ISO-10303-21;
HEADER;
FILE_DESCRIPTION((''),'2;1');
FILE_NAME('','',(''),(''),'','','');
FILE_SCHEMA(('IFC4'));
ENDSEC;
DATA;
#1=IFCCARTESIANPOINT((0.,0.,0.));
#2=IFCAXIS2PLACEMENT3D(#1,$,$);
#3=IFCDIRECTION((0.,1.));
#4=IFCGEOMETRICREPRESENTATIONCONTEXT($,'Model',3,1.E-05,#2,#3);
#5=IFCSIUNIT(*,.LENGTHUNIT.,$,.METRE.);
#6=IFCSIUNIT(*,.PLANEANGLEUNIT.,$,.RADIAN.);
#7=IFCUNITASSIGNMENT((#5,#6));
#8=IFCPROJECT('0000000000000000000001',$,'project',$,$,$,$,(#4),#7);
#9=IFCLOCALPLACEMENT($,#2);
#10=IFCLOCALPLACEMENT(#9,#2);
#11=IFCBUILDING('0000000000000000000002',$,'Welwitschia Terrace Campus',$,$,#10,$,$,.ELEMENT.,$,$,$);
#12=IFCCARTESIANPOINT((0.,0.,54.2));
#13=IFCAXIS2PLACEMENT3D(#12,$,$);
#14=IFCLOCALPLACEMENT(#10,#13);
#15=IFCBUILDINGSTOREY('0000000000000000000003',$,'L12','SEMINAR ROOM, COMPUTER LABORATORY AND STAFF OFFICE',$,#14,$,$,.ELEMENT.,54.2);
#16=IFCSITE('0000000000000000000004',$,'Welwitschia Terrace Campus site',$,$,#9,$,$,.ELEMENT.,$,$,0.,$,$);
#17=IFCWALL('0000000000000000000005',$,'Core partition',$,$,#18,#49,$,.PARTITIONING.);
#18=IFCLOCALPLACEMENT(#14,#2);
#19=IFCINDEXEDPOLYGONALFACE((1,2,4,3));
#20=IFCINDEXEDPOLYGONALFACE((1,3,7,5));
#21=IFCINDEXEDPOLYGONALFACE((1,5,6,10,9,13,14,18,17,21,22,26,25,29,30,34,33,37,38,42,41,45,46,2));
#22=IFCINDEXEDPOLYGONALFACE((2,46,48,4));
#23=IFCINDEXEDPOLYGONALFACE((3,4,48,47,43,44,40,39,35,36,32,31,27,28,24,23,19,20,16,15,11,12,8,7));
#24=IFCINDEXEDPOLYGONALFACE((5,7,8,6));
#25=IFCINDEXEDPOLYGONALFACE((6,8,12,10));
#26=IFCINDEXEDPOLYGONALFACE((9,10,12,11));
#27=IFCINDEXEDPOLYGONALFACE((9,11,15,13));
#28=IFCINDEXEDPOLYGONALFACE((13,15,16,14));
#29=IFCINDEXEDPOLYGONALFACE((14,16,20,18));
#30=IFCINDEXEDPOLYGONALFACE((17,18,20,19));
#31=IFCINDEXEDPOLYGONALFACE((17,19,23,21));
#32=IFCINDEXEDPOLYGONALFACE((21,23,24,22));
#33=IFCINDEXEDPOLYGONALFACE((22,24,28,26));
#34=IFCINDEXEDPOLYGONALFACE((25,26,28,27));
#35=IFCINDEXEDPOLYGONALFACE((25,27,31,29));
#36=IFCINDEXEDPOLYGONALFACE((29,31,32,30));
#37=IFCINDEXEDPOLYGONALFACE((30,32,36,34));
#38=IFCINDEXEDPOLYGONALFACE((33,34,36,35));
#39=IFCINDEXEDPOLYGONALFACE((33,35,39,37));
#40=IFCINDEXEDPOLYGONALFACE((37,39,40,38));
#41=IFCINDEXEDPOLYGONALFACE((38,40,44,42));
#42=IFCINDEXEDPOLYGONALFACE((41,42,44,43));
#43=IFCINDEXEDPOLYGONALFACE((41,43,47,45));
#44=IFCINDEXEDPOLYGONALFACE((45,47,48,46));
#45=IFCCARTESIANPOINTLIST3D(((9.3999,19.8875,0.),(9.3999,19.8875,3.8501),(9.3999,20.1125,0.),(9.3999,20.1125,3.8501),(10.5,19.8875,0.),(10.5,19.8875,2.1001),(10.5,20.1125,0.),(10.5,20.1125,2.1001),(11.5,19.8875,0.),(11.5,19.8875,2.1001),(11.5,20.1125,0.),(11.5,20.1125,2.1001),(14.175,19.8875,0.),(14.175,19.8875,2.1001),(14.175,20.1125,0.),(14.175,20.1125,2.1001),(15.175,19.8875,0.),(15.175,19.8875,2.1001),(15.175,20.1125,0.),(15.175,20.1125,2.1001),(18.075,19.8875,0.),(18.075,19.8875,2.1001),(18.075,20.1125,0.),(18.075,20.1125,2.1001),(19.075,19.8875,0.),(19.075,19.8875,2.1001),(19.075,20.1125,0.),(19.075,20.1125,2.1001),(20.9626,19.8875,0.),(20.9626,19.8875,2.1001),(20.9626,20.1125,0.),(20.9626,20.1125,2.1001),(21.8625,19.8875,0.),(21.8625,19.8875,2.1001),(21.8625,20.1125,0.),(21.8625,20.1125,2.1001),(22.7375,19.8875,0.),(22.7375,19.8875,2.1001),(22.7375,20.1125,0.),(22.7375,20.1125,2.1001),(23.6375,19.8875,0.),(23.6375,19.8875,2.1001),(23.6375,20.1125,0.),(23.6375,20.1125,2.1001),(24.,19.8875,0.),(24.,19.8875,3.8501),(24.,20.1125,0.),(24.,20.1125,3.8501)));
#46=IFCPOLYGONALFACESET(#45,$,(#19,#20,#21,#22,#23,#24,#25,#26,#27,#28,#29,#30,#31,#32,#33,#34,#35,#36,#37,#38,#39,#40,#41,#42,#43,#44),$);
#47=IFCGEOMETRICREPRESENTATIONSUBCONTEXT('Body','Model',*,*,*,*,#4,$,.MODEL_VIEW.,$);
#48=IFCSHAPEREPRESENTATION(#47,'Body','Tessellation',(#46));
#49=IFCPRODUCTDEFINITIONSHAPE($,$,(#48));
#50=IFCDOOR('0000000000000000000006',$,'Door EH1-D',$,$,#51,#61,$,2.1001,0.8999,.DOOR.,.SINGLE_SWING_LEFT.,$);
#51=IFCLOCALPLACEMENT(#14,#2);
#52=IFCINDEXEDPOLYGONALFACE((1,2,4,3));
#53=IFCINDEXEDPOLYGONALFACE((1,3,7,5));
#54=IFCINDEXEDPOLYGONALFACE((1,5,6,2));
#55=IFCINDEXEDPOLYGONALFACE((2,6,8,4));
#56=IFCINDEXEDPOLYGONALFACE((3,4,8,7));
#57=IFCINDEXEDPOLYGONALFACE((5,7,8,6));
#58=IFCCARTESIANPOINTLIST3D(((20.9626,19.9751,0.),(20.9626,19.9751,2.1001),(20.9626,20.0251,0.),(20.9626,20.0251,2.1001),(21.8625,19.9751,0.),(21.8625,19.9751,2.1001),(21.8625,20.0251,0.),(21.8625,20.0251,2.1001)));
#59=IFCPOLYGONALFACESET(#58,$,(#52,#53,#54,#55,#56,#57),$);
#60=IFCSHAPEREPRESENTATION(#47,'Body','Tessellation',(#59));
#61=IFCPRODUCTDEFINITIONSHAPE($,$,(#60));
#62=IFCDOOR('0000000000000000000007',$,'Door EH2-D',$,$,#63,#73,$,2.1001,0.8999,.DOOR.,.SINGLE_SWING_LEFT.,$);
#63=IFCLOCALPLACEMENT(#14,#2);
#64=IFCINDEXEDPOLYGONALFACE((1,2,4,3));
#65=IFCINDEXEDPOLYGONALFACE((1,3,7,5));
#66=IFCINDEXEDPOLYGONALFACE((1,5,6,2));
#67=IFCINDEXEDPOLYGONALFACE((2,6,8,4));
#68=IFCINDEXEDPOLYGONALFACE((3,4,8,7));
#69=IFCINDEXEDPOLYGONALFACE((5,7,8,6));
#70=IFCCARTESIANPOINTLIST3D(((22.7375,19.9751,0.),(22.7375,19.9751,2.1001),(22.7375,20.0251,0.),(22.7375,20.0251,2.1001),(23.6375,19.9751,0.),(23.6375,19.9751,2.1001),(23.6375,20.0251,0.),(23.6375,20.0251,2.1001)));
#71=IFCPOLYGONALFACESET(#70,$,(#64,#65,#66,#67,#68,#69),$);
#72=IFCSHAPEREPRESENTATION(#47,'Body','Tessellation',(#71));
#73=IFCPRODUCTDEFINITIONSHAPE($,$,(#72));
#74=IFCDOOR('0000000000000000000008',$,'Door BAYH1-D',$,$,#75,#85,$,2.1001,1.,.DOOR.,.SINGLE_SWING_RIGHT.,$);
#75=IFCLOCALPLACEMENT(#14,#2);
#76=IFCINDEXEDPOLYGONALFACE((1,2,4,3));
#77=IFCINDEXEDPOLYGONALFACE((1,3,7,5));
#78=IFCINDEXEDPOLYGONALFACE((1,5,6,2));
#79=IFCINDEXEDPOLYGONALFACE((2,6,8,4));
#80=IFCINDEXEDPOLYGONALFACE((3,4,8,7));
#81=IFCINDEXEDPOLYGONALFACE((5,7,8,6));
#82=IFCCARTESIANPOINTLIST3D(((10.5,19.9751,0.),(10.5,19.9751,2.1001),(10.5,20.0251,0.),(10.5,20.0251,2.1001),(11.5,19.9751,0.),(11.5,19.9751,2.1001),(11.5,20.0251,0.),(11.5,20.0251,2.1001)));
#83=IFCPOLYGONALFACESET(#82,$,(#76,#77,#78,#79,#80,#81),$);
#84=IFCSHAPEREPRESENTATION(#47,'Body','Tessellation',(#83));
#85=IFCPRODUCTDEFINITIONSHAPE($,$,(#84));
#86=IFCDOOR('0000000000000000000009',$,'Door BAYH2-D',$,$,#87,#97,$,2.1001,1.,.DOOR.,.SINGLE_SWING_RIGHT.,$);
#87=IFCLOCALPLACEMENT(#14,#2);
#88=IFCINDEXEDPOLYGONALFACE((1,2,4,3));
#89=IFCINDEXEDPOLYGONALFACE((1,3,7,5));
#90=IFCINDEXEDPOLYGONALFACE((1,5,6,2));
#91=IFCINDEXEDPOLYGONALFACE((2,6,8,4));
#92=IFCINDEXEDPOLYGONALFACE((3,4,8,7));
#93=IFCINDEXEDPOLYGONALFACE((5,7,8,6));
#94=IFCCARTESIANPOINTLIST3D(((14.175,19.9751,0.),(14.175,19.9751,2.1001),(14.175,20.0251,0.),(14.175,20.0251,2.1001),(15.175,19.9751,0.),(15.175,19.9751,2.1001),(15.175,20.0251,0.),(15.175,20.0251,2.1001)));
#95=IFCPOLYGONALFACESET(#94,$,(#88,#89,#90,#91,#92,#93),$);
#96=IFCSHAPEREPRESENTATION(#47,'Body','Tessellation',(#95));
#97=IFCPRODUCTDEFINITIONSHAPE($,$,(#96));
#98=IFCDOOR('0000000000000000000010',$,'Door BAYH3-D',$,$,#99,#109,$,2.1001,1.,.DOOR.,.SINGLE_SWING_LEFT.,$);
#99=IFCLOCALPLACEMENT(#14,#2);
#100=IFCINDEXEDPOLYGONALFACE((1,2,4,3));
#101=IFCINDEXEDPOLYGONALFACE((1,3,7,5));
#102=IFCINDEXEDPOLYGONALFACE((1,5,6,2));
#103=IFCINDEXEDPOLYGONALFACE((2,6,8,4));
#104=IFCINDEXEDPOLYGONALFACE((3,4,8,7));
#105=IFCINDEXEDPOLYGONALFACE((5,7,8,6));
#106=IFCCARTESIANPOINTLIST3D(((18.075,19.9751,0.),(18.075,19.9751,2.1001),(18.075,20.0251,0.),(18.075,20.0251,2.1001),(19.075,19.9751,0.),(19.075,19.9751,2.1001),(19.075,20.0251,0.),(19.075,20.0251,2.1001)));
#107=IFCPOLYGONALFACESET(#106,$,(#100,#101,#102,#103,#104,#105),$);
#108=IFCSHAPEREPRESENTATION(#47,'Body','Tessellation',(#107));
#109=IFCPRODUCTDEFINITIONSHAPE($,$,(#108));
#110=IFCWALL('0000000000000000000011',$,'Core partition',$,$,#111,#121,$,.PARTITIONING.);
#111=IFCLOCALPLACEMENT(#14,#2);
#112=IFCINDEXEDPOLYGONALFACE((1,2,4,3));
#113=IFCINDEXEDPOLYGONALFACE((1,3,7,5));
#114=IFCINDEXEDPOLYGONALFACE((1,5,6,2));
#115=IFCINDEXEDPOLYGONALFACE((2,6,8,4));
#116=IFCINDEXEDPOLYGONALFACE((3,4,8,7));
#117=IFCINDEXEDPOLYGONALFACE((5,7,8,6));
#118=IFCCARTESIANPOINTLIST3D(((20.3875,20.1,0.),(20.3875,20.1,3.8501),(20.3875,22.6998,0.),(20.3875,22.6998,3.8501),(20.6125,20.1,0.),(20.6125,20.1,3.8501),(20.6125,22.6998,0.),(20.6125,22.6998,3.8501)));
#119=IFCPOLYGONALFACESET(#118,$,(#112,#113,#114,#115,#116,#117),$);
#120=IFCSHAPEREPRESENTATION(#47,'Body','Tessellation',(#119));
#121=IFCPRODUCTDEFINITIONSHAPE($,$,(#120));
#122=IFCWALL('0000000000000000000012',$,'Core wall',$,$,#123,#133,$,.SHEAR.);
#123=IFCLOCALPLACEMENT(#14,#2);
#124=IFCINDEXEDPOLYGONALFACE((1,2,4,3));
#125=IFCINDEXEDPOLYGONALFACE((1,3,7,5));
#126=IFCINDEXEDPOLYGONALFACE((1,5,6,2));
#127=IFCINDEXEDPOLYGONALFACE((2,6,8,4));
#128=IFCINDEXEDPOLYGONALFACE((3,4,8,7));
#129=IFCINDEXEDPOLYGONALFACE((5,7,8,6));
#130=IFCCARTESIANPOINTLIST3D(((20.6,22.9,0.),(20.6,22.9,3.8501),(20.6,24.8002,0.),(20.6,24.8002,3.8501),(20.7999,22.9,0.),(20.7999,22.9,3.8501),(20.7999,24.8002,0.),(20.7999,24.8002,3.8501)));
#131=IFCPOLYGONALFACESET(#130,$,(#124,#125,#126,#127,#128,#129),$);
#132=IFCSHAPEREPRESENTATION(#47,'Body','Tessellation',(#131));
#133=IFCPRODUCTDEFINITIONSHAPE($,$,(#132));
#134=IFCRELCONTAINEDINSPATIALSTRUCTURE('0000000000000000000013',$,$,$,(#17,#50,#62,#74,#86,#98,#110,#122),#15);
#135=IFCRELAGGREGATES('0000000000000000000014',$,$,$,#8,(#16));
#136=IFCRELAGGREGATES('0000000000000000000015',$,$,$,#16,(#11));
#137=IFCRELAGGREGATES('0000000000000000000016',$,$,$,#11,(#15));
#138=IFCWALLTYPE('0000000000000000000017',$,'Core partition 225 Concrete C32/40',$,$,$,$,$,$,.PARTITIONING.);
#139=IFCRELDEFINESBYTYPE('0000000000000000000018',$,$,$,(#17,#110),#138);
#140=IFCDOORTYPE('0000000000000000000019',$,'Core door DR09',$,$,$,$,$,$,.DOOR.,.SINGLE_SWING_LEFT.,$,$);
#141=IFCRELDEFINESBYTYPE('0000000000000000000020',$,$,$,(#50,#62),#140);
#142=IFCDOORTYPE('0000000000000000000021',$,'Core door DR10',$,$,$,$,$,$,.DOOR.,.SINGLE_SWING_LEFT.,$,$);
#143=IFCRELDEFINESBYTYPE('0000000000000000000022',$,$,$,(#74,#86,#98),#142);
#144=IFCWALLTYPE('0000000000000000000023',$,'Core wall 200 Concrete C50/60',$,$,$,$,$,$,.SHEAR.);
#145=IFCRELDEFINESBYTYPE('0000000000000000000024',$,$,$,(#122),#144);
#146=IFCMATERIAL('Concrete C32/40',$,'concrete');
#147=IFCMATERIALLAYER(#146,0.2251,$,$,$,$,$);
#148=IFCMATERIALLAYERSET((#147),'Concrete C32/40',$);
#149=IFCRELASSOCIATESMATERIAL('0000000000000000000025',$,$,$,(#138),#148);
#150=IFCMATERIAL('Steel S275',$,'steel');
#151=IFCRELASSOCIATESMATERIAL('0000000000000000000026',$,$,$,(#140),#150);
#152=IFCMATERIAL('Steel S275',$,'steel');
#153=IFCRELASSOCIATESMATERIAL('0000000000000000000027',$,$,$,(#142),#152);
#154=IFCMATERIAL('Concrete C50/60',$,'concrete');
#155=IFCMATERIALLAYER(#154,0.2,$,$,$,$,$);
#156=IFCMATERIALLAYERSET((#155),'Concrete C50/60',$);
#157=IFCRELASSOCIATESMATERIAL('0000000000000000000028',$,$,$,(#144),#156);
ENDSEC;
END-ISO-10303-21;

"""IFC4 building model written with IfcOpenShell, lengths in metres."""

from ifc_helpers import new_model, si_unit, direction, frame, frame_2d, origin, place, context, subcontext, project, spatial, rectangle, extrude, material, layer, layer_set, type_object, element, fill, save


model = new_model("IFC4")

# Units and contexts
model_context = context("Model", 3, precision=1e-05, world=origin(), true_north=direction((0.0, 1.0)))
body_context = subcontext(model_context, "Body", "Model", "MODEL_VIEW")
ifc_project = project(units=[si_unit("LENGTHUNIT", "METRE"), si_unit("PLANEANGLEUNIT", "RADIAN")], contexts=[model_context])

# Site, building, storey
site_placement = place(None, origin())
site = spatial("IfcSite", under=ifc_project, at=site_placement, Name="Welwitschia Terrace Campus site", CompositionType="ELEMENT", RefElevation=0.0)
building_placement = place(site_placement, origin())
building = spatial("IfcBuilding", under=site, at=building_placement, Name="Welwitschia Terrace Campus", CompositionType="ELEMENT")
storey_placement = place(building_placement, frame((0.0, 0.0, 54.2)))
storey = spatial("IfcBuildingStorey", under=building, at=storey_placement, Name="L12", Description="SEMINAR ROOM, COMPUTER LABORATORY AND STAFF OFFICE", CompositionType="ELEMENT", Elevation=54.2)

# Wall, openings, doors
ifc_material_1 = material(Name="Concrete C32/40", Category="concrete")
ifc_layer_1 = layer(ifc_material_1, 0.2251)
ifc_layer_set_1 = layer_set([ifc_layer_1], Name="Concrete C32/40")
wall_type_1 = type_object("IfcWallType", Name="Core partition 225 Concrete C32/40", PredefinedType="PARTITIONING", material=ifc_layer_set_1)
wall_1_placement = place(storey_placement, frame((24.0, 20.0, 0.0), z_axis=(0.0, 0.0, 1.0), x_axis=(-1.0, 0.0, 0.0)))
wall_1 = element("IfcWall", 1, at=wall_1_placement, inside=storey, type_object=wall_type_1, Name="Core partition", PredefinedType="PARTITIONING", context=body_context, shape_type="SweptSolid", body=[
    extrude(rectangle(XDim=14.6001, YDim=0.2251, at=frame_2d((7.3, 0.0))), origin(), (0.0, 0.0, 1.0), 3.8501),
])
opening_1_placement = place(wall_1_placement, frame((12.5, 0.0, 0.0)))
opening_1 = element("IfcOpeningElement", 2, at=opening_1_placement, cuts=wall_1, PredefinedType="OPENING", context=body_context, shape_type="SweptSolid", body=[
    extrude(rectangle(XDim=1.0, YDim=2.1001, at=frame_2d((0.5, 1.05))), frame((0.0, 0.1226, 0.0), z_axis=(0.0, -1.0, 0.0), x_axis=(1.0, 0.0, 0.0)), (0.0, 0.0, 1.0), 0.2451),
])
opening_2_placement = place(wall_1_placement, frame((8.825, 0.0, 0.0)))
opening_2 = element("IfcOpeningElement", 3, at=opening_2_placement, cuts=wall_1, PredefinedType="OPENING", context=body_context, shape_type="SweptSolid", body=[
    extrude(rectangle(XDim=1.0, YDim=2.1001, at=frame_2d((0.5, 1.05))), frame((0.0, 0.1226, 0.0), z_axis=(0.0, -1.0, 0.0), x_axis=(1.0, 0.0, 0.0)), (0.0, 0.0, 1.0), 0.2451),
])
opening_3_placement = place(wall_1_placement, frame((4.925, 0.0, 0.0)))
opening_3 = element("IfcOpeningElement", 4, at=opening_3_placement, cuts=wall_1, PredefinedType="OPENING", context=body_context, shape_type="SweptSolid", body=[
    extrude(rectangle(XDim=1.0, YDim=2.1001, at=frame_2d((0.5, 1.05))), frame((0.0, 0.1226, 0.0), z_axis=(0.0, -1.0, 0.0), x_axis=(1.0, 0.0, 0.0)), (0.0, 0.0, 1.0), 0.2451),
])
opening_4_placement = place(wall_1_placement, frame((2.1375, 0.0, 0.0)))
opening_4 = element("IfcOpeningElement", 5, at=opening_4_placement, cuts=wall_1, PredefinedType="OPENING", context=body_context, shape_type="SweptSolid", body=[
    extrude(rectangle(XDim=0.8999, YDim=2.1001, at=frame_2d((0.45, 1.05))), frame((0.0, 0.1226, 0.0), z_axis=(0.0, -1.0, 0.0), x_axis=(1.0, 0.0, 0.0)), (0.0, 0.0, 1.0), 0.2451),
])
opening_5_placement = place(wall_1_placement, frame((0.3625, 0.0, 0.0)))
opening_5 = element("IfcOpeningElement", 6, at=opening_5_placement, cuts=wall_1, PredefinedType="OPENING", context=body_context, shape_type="SweptSolid", body=[
    extrude(rectangle(XDim=0.8999, YDim=2.1001, at=frame_2d((0.45, 1.05))), frame((0.0, 0.1226, 0.0), z_axis=(0.0, -1.0, 0.0), x_axis=(1.0, 0.0, 0.0)), (0.0, 0.0, 1.0), 0.2451),
])
ifc_material_2 = material(Name="Steel S275", Category="steel")
door_type_1 = type_object("IfcDoorType", Name="Core door DR09", OperationType="SINGLE_SWING_LEFT", PredefinedType="DOOR", material=ifc_material_2)
door_1_placement = place(opening_4_placement, origin())
door_1 = element("IfcDoor", 7, at=door_1_placement, inside=storey, type_object=door_type_1, Name="Door EH1-D", OperationType="SINGLE_SWING_LEFT", OverallHeight=2.1001, OverallWidth=0.8999, PredefinedType="DOOR", context=body_context, shape_type="SweptSolid", body=[
    extrude(rectangle(XDim=0.8999, YDim=2.1001, at=frame_2d((0.45, 1.05))), frame((0.0, 0.0249, 0.0), z_axis=(0.0, -1.0, 0.0), x_axis=(1.0, 0.0, 0.0)), (0.0, 0.0, 1.0), 0.05),
])
fill(opening_4, door_1)
door_2_placement = place(opening_5_placement, origin())
door_2 = element("IfcDoor", 8, at=door_2_placement, inside=storey, type_object=door_type_1, Name="Door EH2-D", OperationType="SINGLE_SWING_LEFT", OverallHeight=2.1001, OverallWidth=0.8999, PredefinedType="DOOR", context=body_context, shape_type="SweptSolid", body=[
    extrude(rectangle(XDim=0.8999, YDim=2.1001, at=frame_2d((0.45, 1.05))), frame((0.0, 0.0249, 0.0), z_axis=(0.0, -1.0, 0.0), x_axis=(1.0, 0.0, 0.0)), (0.0, 0.0, 1.0), 0.05),
])
fill(opening_5, door_2)
ifc_material_3 = material(Name="Steel S275", Category="steel")
door_type_2 = type_object("IfcDoorType", Name="Core door DR10", OperationType="SINGLE_SWING_LEFT", PredefinedType="DOOR", material=ifc_material_3)
door_3_placement = place(opening_1_placement, origin())
door_3 = element("IfcDoor", 9, at=door_3_placement, inside=storey, type_object=door_type_2, Name="Door BAYH1-D", OperationType="SINGLE_SWING_RIGHT", OverallHeight=2.1001, OverallWidth=1.0, PredefinedType="DOOR", context=body_context, shape_type="SweptSolid", body=[
    extrude(rectangle(XDim=1.0, YDim=2.1001, at=frame_2d((0.5, 1.05))), frame((0.0, 0.0249, 0.0), z_axis=(0.0, -1.0, 0.0), x_axis=(1.0, 0.0, 0.0)), (0.0, 0.0, 1.0), 0.05),
])
fill(opening_1, door_3)
door_4_placement = place(opening_2_placement, origin())
door_4 = element("IfcDoor", 10, at=door_4_placement, inside=storey, type_object=door_type_2, Name="Door BAYH2-D", OperationType="SINGLE_SWING_RIGHT", OverallHeight=2.1001, OverallWidth=1.0, PredefinedType="DOOR", context=body_context, shape_type="SweptSolid", body=[
    extrude(rectangle(XDim=1.0, YDim=2.1001, at=frame_2d((0.5, 1.05))), frame((0.0, 0.0249, 0.0), z_axis=(0.0, -1.0, 0.0), x_axis=(1.0, 0.0, 0.0)), (0.0, 0.0, 1.0), 0.05),
])
fill(opening_2, door_4)
door_5_placement = place(opening_3_placement, origin())
door_5 = element("IfcDoor", 11, at=door_5_placement, inside=storey, type_object=door_type_2, Name="Door BAYH3-D", OperationType="SINGLE_SWING_LEFT", OverallHeight=2.1001, OverallWidth=1.0, PredefinedType="DOOR", context=body_context, shape_type="SweptSolid", body=[
    extrude(rectangle(XDim=1.0, YDim=2.1001, at=frame_2d((0.5, 1.05))), frame((0.0, 0.0249, 0.0), z_axis=(0.0, -1.0, 0.0), x_axis=(1.0, 0.0, 0.0)), (0.0, 0.0, 1.0), 0.05),
])
fill(opening_3, door_5)

# Walls
wall_2_placement = place(storey_placement, frame((20.5, 20.1001, 0.0), z_axis=(0.0, 0.0, 1.0), x_axis=(0.0, 1.0, 0.0)))
element("IfcWall", 12, at=wall_2_placement, inside=storey, type_object=wall_type_1, Name="Core partition", PredefinedType="PARTITIONING", context=body_context, shape_type="SweptSolid", body=[
    extrude(rectangle(XDim=2.5999, YDim=0.2251, at=frame_2d((1.2998, 0.0))), origin(), (0.0, 0.0, 1.0), 3.8501),
])
ifc_material_4 = material(Name="Concrete C50/60", Category="concrete")
ifc_layer_2 = layer(ifc_material_4, 0.2)
ifc_layer_set_2 = layer_set([ifc_layer_2], Name="Concrete C50/60")
wall_type_2 = type_object("IfcWallType", Name="Core wall 200 Concrete C50/60", PredefinedType="SHEAR", material=ifc_layer_set_2)
wall_3_placement = place(storey_placement, frame((20.7, 22.8999, 0.0), z_axis=(0.0, 0.0, 1.0), x_axis=(0.0, 1.0, 0.0)))
element("IfcWall", 13, at=wall_3_placement, inside=storey, type_object=wall_type_2, Name="Core wall", PredefinedType="SHEAR", context=body_context, shape_type="SweptSolid", body=[
    extrude(rectangle(XDim=1.9001, YDim=0.2, at=frame_2d((0.9502, 0.0))), origin(), (0.0, 0.0, 1.0), 3.8501),
])

save(model, "model.ifc")
